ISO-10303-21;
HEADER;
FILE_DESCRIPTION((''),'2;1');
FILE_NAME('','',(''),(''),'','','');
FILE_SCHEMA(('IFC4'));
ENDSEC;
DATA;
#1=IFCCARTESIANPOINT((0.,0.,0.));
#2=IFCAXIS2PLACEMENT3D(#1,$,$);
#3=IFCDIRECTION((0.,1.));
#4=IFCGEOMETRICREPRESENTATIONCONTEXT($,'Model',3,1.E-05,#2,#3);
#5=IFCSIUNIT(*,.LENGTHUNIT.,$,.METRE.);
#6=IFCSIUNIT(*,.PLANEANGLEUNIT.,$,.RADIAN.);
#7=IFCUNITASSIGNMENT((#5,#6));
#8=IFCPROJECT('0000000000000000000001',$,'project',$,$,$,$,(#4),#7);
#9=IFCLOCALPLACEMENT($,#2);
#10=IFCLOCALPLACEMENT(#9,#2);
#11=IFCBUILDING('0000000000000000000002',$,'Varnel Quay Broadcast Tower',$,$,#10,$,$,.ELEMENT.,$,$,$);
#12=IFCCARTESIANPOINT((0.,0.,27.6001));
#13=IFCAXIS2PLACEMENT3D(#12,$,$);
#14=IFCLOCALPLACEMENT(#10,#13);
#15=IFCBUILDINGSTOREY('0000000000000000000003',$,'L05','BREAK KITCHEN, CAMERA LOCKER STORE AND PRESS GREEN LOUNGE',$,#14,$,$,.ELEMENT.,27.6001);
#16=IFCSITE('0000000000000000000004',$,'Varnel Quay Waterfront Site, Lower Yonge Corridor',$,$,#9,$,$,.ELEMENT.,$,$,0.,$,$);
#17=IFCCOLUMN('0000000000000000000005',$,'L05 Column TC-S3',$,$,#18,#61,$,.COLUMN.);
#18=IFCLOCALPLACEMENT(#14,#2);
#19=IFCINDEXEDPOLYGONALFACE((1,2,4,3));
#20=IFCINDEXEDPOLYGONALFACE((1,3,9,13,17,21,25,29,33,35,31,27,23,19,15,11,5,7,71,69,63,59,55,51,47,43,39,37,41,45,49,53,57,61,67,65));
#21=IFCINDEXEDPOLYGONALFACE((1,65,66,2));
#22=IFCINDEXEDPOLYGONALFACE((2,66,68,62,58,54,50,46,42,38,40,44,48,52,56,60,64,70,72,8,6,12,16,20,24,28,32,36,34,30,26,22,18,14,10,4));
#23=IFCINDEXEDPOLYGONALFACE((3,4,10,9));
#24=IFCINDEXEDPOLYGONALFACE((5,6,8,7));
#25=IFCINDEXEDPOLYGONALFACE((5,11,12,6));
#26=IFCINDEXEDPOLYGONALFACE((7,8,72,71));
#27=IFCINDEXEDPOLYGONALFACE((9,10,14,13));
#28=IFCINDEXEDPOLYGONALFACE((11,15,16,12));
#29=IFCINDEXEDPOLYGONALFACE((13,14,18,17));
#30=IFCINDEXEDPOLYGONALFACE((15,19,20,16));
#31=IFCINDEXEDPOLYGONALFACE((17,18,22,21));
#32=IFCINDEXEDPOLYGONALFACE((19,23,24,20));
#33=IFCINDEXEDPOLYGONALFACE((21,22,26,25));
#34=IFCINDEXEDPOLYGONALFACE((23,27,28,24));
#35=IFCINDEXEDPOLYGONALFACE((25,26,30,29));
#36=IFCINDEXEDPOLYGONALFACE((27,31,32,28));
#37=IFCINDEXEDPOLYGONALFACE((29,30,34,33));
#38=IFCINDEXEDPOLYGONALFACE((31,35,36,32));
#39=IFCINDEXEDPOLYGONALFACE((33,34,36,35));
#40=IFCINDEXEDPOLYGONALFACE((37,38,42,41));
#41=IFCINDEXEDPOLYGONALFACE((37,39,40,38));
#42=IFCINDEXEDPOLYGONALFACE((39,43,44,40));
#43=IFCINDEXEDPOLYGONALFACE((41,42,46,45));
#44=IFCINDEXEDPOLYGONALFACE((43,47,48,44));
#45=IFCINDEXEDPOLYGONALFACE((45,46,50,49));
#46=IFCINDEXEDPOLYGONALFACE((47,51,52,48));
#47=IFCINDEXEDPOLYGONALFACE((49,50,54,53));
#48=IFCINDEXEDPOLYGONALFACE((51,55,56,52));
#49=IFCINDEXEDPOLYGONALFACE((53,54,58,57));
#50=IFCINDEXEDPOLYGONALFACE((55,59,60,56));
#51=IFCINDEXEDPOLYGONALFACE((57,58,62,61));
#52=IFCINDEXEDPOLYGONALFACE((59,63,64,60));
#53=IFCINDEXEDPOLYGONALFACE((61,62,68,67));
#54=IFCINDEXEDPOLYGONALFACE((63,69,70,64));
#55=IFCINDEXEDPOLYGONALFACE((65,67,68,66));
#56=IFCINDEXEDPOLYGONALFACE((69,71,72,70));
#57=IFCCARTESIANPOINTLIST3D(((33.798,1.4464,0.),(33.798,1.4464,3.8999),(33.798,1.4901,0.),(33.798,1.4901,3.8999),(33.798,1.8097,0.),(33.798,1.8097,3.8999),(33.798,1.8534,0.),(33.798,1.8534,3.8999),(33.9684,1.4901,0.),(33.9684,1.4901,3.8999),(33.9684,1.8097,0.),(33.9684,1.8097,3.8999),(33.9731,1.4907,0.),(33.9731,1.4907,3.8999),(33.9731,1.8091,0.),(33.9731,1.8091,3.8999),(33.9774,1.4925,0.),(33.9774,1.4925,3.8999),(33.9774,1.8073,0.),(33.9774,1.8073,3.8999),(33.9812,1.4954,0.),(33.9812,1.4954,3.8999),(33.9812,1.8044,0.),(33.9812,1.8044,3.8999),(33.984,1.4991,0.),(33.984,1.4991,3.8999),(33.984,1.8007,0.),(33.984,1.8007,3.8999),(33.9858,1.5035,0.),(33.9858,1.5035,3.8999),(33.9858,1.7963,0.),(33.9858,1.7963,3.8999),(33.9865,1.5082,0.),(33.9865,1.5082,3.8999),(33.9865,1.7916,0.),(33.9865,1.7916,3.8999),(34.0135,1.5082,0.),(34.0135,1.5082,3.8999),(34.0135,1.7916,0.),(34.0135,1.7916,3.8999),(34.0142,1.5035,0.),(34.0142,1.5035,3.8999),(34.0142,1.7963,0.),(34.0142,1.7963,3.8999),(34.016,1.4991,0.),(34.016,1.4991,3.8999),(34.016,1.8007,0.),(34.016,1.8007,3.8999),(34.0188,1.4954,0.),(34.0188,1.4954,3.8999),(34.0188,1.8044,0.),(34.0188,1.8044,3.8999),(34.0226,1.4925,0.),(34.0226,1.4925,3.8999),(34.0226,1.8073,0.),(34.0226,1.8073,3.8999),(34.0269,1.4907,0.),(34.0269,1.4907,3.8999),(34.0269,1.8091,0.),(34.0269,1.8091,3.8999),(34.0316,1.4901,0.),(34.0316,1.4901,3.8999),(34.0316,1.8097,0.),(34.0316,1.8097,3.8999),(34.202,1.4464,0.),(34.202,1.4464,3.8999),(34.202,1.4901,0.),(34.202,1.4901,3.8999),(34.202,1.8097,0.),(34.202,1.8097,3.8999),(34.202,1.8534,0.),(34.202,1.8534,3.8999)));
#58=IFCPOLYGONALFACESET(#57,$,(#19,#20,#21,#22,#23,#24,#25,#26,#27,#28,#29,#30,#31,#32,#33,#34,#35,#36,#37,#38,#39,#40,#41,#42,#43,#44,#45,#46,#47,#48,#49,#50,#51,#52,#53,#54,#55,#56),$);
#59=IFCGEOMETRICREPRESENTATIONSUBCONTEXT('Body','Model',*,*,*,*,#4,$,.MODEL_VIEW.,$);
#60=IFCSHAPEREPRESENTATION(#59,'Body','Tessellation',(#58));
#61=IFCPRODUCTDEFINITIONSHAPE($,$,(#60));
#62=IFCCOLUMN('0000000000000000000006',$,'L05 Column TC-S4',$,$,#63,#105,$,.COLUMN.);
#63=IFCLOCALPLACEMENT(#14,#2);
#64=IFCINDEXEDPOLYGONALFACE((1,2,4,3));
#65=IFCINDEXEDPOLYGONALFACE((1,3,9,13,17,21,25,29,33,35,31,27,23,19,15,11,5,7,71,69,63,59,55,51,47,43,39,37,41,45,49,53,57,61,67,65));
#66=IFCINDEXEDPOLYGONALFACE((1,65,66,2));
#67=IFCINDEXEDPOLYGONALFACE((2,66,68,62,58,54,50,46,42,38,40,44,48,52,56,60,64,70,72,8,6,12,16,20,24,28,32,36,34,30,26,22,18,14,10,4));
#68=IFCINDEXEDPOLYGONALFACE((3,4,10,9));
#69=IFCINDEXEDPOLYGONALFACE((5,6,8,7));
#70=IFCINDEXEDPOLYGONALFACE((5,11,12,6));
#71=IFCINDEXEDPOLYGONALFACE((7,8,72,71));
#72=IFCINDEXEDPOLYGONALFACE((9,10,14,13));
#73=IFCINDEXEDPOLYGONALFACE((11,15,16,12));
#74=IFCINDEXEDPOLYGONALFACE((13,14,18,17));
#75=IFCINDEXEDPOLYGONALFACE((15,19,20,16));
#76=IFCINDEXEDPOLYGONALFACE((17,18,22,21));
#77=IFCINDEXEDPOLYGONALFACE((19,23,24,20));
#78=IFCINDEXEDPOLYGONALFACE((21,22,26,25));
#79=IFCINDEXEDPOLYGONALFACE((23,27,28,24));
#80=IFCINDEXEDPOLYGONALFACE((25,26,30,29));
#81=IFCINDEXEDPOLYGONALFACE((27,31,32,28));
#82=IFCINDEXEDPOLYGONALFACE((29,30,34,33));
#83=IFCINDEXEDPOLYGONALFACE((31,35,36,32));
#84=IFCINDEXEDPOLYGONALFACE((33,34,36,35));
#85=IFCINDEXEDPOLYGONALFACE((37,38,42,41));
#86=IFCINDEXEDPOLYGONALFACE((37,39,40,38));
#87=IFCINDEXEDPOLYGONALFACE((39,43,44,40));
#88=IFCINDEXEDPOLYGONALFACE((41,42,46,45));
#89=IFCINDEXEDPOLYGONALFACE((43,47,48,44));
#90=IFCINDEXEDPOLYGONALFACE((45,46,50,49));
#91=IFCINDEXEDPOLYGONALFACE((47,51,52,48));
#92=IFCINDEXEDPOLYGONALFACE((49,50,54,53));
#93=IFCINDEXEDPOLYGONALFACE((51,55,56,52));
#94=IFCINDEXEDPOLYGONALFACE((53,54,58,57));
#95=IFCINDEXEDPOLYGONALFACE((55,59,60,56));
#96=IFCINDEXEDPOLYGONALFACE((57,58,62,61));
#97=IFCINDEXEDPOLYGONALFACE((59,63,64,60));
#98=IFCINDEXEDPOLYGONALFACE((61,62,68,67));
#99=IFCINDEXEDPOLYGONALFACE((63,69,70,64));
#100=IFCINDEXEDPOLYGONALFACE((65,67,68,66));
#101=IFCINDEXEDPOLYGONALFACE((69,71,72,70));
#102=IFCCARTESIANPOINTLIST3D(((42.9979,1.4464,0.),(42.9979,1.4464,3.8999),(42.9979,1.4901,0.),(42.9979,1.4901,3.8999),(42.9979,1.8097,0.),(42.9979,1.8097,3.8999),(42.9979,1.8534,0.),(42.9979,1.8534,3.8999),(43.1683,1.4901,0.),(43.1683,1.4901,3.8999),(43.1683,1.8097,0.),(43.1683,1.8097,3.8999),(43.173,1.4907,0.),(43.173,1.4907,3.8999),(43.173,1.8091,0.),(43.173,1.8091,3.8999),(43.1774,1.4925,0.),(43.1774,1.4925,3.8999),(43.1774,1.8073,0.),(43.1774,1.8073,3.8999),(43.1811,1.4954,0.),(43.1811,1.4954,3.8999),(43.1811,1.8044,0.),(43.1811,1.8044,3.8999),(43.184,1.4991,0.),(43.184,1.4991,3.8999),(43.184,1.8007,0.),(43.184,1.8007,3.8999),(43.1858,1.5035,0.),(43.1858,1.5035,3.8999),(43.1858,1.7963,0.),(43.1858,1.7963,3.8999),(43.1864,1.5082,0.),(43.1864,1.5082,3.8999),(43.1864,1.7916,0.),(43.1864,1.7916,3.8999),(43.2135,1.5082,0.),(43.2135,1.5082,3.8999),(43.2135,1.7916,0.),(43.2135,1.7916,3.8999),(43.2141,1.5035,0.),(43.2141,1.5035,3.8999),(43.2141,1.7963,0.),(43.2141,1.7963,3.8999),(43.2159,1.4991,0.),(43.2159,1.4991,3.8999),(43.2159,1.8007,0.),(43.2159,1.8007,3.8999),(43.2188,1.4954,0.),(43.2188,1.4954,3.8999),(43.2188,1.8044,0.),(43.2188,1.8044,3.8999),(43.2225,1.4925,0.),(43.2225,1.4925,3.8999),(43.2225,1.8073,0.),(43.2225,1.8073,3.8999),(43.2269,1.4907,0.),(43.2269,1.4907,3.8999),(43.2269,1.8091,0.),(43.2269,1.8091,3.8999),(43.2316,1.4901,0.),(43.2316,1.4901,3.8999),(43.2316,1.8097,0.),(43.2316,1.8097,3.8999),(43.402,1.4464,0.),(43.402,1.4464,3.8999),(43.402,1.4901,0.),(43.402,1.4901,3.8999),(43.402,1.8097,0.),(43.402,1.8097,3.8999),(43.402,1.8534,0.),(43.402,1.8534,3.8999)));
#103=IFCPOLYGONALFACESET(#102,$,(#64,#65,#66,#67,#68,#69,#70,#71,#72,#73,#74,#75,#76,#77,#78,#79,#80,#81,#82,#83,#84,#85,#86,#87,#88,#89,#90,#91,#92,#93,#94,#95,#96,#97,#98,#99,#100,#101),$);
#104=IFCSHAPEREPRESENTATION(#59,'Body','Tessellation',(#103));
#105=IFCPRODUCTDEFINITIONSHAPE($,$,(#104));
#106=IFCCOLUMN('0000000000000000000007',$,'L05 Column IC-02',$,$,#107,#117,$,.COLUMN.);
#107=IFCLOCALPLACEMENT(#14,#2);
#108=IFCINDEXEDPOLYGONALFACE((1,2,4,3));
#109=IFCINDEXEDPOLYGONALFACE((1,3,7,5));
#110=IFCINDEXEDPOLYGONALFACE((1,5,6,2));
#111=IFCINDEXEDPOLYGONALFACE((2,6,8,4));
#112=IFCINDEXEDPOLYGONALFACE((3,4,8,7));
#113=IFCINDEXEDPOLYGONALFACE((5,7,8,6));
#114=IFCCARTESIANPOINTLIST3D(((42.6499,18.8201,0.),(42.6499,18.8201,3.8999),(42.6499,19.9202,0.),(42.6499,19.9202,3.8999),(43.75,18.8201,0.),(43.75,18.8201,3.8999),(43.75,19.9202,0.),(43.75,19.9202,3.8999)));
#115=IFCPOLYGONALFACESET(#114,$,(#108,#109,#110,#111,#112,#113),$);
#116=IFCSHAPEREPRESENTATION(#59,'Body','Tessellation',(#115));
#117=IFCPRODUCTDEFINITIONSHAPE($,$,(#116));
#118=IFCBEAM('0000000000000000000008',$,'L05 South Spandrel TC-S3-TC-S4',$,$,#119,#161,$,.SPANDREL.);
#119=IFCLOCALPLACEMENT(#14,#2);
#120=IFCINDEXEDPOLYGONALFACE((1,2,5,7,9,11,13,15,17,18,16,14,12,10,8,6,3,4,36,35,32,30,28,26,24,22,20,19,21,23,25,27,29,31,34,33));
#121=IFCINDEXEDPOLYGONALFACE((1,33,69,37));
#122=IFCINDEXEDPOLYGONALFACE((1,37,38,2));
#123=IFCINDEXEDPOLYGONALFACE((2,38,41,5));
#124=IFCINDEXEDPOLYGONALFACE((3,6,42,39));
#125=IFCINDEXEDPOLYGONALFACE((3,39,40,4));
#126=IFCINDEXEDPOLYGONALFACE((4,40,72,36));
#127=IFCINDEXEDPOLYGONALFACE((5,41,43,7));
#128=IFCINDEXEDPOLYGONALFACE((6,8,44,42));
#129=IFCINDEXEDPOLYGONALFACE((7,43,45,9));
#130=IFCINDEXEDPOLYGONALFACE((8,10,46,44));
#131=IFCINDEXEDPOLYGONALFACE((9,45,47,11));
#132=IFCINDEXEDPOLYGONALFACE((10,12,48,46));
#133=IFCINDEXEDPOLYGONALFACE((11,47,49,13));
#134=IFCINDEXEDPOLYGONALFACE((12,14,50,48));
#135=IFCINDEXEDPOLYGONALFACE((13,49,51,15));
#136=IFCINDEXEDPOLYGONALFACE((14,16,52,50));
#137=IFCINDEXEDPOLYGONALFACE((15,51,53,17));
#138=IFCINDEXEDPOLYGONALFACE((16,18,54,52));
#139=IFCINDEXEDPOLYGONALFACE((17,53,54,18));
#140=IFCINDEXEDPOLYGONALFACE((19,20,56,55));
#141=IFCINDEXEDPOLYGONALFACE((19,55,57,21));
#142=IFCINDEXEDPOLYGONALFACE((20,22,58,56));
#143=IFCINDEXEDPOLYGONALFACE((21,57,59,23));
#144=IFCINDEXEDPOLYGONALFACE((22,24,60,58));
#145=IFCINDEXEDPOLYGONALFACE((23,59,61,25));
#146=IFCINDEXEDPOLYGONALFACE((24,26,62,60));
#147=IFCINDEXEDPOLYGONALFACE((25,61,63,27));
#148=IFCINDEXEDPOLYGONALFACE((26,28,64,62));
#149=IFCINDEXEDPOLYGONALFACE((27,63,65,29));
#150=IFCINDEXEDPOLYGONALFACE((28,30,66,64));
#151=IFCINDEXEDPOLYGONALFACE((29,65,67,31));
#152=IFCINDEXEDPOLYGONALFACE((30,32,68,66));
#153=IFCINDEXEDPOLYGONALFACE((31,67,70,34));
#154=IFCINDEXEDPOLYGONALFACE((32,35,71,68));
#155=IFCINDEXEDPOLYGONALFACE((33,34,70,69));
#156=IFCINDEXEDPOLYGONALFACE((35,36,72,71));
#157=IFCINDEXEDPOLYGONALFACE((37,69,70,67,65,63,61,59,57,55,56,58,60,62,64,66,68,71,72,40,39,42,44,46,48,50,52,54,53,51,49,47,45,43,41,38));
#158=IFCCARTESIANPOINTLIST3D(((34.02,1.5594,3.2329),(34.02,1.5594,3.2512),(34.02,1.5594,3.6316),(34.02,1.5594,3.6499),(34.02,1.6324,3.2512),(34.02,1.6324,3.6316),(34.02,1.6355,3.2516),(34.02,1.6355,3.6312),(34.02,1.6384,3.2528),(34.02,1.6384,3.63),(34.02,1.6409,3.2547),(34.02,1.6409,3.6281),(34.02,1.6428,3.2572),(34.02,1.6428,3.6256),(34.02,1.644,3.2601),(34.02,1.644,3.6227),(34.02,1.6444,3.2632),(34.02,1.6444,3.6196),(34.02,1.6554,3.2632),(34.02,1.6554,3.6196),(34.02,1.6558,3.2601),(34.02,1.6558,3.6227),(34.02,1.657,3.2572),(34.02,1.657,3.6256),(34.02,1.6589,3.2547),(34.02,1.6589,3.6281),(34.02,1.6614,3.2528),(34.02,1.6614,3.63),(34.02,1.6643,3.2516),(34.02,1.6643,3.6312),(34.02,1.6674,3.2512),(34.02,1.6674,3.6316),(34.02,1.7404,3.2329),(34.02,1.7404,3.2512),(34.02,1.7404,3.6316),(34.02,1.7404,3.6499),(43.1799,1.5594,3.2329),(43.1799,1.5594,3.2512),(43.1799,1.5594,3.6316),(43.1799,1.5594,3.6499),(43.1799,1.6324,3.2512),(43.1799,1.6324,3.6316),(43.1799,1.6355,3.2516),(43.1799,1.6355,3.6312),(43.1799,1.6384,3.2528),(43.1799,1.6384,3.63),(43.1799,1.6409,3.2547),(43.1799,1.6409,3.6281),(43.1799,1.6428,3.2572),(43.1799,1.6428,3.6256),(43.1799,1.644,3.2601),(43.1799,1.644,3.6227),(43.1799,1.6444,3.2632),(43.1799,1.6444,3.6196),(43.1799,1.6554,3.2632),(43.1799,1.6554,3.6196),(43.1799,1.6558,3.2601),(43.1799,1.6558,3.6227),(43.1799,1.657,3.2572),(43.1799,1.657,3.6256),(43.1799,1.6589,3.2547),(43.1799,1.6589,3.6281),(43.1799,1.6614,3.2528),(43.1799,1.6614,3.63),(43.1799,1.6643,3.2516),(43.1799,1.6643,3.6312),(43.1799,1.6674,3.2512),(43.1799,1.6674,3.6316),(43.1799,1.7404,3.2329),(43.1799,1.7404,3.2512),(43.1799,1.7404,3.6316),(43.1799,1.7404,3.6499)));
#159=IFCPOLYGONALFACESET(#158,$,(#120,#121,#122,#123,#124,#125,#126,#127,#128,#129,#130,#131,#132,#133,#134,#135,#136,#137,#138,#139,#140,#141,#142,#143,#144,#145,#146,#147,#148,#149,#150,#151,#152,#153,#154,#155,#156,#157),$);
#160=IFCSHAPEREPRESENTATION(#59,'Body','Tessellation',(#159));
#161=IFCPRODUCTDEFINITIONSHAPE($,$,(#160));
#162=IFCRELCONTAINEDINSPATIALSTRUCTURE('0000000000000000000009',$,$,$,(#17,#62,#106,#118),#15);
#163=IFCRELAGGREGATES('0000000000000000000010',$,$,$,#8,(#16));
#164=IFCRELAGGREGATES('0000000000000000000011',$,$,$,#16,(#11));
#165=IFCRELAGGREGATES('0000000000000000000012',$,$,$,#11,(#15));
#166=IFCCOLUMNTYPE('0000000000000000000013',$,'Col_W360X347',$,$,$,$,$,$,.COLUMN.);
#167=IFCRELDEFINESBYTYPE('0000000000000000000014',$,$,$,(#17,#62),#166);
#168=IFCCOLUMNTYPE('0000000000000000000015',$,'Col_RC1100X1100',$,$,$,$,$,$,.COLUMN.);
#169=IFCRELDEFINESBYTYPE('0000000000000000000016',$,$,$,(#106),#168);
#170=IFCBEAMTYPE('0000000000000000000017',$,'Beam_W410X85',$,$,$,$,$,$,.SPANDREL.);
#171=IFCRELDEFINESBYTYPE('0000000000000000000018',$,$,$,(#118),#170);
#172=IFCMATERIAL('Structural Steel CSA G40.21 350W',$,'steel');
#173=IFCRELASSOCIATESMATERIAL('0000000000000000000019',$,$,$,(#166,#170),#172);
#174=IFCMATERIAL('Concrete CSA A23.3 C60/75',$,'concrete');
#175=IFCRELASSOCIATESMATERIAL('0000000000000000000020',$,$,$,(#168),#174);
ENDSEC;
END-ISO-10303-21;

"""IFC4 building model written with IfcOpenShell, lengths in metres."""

from ifc_helpers import new_model, si_unit, direction, frame, origin, origin_2d, place, context, subcontext, project, spatial, rectangle, i_section, extrude, source, transform, mapped, material, material_profile, profile_set, type_object, type_shapes, element, save


model = new_model("IFC4")

# Units and contexts
model_context = context("Model", 3, precision=1e-05, world=origin(), true_north=direction((0.0, 1.0)))
body_context = subcontext(model_context, "Body", "Model", "MODEL_VIEW")
ifc_project = project(units=[si_unit("LENGTHUNIT", "METRE"), si_unit("PLANEANGLEUNIT", "RADIAN")], contexts=[model_context])

# Site, building, storey
site_placement = place(None, origin())
site = spatial("IfcSite", under=ifc_project, at=site_placement, Name="Varnel Quay Waterfront Site, Lower Yonge Corridor", CompositionType="ELEMENT", RefElevation=0.0)
building_placement = place(site_placement, origin())
building = spatial("IfcBuilding", under=site, at=building_placement, Name="Varnel Quay Broadcast Tower", CompositionType="ELEMENT")
storey_placement = place(building_placement, frame((0.0, 0.0, 27.6001)))
storey = spatial("IfcBuildingStorey", under=building, at=storey_placement, Name="L05", Description="BREAK KITCHEN, CAMERA LOCKER STORE AND PRESS GREEN LOUNGE", CompositionType="ELEMENT", Elevation=27.6001)

# Columns
ifc_material_1 = material(Name="Structural Steel CSA G40.21 350W", Category="steel")
ifc_material_profile_1 = material_profile(ifc_material_1, i_section(OverallWidth=0.4041, OverallDepth=0.407, WebThickness=0.0271, FlangeThickness=0.0437, FilletRadius=0.0181, at=origin_2d()), Name="W360X347")
ifc_profile_set_1 = profile_set([ifc_material_profile_1], Name="Structural Steel CSA G40.21 350W")
column_type_1 = type_object("IfcColumnType", Name="Col_W360X347", PredefinedType="COLUMN", material=ifc_profile_set_1)
shared_shape_1 = source(origin(), body_context, "Body", "SweptSolid", [
    extrude(i_section(OverallWidth=0.4041, OverallDepth=0.407, WebThickness=0.0271, FlangeThickness=0.0437, FilletRadius=0.0181, at=origin_2d()), origin(), (0.0, 0.0, 1.0), 3.8999),
])
type_shapes(column_type_1, [shared_shape_1])
for number, where, z_axis, x_axis, name in (
    (1, (34.0, 1.6499, 0.0), (0.0, 0.0, 1.0), (1.0, 0.0, 0.0), "L05 Column TC-S3"),
    (2, (43.2, 1.6499, 0.0), (0.0, 0.0, 1.0), (1.0, 0.0, 0.0), "L05 Column TC-S4"),
):
    element("IfcColumn", number, at=place(storey_placement, frame(where, z_axis=z_axis, x_axis=x_axis)), inside=storey, type_object=column_type_1, Name=name, PredefinedType="COLUMN", context=body_context, shape_type="MappedRepresentation", body=[
        mapped(shared_shape_1, transform((0.0, 0.0, 0.0), x_axis=(1.0, 0.0, 0.0), y_axis=(0.0, 1.0, 0.0), z_axis=(0.0, 0.0, 1.0), scale=1.0)),
    ])
ifc_material_2 = material(Name="Concrete CSA A23.3 C60/75", Category="concrete")
ifc_material_profile_2 = material_profile(ifc_material_2, rectangle(XDim=1.1001, YDim=1.1001, at=origin_2d()), Name="RC1100X1100")
ifc_profile_set_2 = profile_set([ifc_material_profile_2], Name="Concrete CSA A23.3 C60/75")
column_type_2 = type_object("IfcColumnType", Name="Col_RC1100X1100", PredefinedType="COLUMN", material=ifc_profile_set_2)
shared_shape_2 = source(origin(), body_context, "Body", "SweptSolid", [
    extrude(rectangle(XDim=1.1001, YDim=1.1001, at=origin_2d()), origin(), (0.0, 0.0, 1.0), 3.8999),
])
type_shapes(column_type_2, [shared_shape_2])
column_placement = place(storey_placement, frame((43.2, 19.3701, 0.0), z_axis=(0.0, 0.0, 1.0), x_axis=(1.0, 0.0, 0.0)))
element("IfcColumn", 3, at=column_placement, inside=storey, type_object=column_type_2, Name="L05 Column IC-02", PredefinedType="COLUMN", context=body_context, shape_type="MappedRepresentation", body=[
    mapped(shared_shape_2, transform((0.0, 0.0, 0.0), x_axis=(1.0, 0.0, 0.0), y_axis=(0.0, 1.0, 0.0), z_axis=(0.0, 0.0, 1.0), scale=1.0)),
])

# Beam
ifc_material_profile_3 = material_profile(ifc_material_1, i_section(OverallWidth=0.1809, OverallDepth=0.417, WebThickness=0.011, FlangeThickness=0.0183, FilletRadius=0.012, at=origin_2d()), Name="W410X85")
ifc_profile_set_3 = profile_set([ifc_material_profile_3], Name="Structural Steel CSA G40.21 350W")
beam_type_1 = type_object("IfcBeamType", Name="Beam_W410X85", PredefinedType="SPANDREL", material=ifc_profile_set_3)
shared_shape_3 = source(origin(), body_context, "Body", "SweptSolid", [
    extrude(i_section(OverallWidth=0.1809, OverallDepth=0.417, WebThickness=0.011, FlangeThickness=0.0183, FilletRadius=0.012, at=origin_2d()), origin(), (0.0, 0.0, 1.0), 9.1599),
])
type_shapes(beam_type_1, [shared_shape_3])
for number, where, z_axis, x_axis, name in (
    (4, (34.02, 1.6499, 3.4414), (1.0, 0.0, 0.0), (0.0, 1.0, 0.0), "L05 South Spandrel TC-S3-TC-S4"),
):
    element("IfcBeam", number, at=place(storey_placement, frame(where, z_axis=z_axis, x_axis=x_axis)), inside=storey, type_object=beam_type_1, Name=name, PredefinedType="SPANDREL", context=body_context, shape_type="MappedRepresentation", body=[
        mapped(shared_shape_3, transform((0.0, 0.0, 0.0), x_axis=(1.0, 0.0, 0.0), y_axis=(0.0, 1.0, 0.0), z_axis=(0.0, 0.0, 1.0), scale=1.0)),
    ])

save(model, "model.ifc")
